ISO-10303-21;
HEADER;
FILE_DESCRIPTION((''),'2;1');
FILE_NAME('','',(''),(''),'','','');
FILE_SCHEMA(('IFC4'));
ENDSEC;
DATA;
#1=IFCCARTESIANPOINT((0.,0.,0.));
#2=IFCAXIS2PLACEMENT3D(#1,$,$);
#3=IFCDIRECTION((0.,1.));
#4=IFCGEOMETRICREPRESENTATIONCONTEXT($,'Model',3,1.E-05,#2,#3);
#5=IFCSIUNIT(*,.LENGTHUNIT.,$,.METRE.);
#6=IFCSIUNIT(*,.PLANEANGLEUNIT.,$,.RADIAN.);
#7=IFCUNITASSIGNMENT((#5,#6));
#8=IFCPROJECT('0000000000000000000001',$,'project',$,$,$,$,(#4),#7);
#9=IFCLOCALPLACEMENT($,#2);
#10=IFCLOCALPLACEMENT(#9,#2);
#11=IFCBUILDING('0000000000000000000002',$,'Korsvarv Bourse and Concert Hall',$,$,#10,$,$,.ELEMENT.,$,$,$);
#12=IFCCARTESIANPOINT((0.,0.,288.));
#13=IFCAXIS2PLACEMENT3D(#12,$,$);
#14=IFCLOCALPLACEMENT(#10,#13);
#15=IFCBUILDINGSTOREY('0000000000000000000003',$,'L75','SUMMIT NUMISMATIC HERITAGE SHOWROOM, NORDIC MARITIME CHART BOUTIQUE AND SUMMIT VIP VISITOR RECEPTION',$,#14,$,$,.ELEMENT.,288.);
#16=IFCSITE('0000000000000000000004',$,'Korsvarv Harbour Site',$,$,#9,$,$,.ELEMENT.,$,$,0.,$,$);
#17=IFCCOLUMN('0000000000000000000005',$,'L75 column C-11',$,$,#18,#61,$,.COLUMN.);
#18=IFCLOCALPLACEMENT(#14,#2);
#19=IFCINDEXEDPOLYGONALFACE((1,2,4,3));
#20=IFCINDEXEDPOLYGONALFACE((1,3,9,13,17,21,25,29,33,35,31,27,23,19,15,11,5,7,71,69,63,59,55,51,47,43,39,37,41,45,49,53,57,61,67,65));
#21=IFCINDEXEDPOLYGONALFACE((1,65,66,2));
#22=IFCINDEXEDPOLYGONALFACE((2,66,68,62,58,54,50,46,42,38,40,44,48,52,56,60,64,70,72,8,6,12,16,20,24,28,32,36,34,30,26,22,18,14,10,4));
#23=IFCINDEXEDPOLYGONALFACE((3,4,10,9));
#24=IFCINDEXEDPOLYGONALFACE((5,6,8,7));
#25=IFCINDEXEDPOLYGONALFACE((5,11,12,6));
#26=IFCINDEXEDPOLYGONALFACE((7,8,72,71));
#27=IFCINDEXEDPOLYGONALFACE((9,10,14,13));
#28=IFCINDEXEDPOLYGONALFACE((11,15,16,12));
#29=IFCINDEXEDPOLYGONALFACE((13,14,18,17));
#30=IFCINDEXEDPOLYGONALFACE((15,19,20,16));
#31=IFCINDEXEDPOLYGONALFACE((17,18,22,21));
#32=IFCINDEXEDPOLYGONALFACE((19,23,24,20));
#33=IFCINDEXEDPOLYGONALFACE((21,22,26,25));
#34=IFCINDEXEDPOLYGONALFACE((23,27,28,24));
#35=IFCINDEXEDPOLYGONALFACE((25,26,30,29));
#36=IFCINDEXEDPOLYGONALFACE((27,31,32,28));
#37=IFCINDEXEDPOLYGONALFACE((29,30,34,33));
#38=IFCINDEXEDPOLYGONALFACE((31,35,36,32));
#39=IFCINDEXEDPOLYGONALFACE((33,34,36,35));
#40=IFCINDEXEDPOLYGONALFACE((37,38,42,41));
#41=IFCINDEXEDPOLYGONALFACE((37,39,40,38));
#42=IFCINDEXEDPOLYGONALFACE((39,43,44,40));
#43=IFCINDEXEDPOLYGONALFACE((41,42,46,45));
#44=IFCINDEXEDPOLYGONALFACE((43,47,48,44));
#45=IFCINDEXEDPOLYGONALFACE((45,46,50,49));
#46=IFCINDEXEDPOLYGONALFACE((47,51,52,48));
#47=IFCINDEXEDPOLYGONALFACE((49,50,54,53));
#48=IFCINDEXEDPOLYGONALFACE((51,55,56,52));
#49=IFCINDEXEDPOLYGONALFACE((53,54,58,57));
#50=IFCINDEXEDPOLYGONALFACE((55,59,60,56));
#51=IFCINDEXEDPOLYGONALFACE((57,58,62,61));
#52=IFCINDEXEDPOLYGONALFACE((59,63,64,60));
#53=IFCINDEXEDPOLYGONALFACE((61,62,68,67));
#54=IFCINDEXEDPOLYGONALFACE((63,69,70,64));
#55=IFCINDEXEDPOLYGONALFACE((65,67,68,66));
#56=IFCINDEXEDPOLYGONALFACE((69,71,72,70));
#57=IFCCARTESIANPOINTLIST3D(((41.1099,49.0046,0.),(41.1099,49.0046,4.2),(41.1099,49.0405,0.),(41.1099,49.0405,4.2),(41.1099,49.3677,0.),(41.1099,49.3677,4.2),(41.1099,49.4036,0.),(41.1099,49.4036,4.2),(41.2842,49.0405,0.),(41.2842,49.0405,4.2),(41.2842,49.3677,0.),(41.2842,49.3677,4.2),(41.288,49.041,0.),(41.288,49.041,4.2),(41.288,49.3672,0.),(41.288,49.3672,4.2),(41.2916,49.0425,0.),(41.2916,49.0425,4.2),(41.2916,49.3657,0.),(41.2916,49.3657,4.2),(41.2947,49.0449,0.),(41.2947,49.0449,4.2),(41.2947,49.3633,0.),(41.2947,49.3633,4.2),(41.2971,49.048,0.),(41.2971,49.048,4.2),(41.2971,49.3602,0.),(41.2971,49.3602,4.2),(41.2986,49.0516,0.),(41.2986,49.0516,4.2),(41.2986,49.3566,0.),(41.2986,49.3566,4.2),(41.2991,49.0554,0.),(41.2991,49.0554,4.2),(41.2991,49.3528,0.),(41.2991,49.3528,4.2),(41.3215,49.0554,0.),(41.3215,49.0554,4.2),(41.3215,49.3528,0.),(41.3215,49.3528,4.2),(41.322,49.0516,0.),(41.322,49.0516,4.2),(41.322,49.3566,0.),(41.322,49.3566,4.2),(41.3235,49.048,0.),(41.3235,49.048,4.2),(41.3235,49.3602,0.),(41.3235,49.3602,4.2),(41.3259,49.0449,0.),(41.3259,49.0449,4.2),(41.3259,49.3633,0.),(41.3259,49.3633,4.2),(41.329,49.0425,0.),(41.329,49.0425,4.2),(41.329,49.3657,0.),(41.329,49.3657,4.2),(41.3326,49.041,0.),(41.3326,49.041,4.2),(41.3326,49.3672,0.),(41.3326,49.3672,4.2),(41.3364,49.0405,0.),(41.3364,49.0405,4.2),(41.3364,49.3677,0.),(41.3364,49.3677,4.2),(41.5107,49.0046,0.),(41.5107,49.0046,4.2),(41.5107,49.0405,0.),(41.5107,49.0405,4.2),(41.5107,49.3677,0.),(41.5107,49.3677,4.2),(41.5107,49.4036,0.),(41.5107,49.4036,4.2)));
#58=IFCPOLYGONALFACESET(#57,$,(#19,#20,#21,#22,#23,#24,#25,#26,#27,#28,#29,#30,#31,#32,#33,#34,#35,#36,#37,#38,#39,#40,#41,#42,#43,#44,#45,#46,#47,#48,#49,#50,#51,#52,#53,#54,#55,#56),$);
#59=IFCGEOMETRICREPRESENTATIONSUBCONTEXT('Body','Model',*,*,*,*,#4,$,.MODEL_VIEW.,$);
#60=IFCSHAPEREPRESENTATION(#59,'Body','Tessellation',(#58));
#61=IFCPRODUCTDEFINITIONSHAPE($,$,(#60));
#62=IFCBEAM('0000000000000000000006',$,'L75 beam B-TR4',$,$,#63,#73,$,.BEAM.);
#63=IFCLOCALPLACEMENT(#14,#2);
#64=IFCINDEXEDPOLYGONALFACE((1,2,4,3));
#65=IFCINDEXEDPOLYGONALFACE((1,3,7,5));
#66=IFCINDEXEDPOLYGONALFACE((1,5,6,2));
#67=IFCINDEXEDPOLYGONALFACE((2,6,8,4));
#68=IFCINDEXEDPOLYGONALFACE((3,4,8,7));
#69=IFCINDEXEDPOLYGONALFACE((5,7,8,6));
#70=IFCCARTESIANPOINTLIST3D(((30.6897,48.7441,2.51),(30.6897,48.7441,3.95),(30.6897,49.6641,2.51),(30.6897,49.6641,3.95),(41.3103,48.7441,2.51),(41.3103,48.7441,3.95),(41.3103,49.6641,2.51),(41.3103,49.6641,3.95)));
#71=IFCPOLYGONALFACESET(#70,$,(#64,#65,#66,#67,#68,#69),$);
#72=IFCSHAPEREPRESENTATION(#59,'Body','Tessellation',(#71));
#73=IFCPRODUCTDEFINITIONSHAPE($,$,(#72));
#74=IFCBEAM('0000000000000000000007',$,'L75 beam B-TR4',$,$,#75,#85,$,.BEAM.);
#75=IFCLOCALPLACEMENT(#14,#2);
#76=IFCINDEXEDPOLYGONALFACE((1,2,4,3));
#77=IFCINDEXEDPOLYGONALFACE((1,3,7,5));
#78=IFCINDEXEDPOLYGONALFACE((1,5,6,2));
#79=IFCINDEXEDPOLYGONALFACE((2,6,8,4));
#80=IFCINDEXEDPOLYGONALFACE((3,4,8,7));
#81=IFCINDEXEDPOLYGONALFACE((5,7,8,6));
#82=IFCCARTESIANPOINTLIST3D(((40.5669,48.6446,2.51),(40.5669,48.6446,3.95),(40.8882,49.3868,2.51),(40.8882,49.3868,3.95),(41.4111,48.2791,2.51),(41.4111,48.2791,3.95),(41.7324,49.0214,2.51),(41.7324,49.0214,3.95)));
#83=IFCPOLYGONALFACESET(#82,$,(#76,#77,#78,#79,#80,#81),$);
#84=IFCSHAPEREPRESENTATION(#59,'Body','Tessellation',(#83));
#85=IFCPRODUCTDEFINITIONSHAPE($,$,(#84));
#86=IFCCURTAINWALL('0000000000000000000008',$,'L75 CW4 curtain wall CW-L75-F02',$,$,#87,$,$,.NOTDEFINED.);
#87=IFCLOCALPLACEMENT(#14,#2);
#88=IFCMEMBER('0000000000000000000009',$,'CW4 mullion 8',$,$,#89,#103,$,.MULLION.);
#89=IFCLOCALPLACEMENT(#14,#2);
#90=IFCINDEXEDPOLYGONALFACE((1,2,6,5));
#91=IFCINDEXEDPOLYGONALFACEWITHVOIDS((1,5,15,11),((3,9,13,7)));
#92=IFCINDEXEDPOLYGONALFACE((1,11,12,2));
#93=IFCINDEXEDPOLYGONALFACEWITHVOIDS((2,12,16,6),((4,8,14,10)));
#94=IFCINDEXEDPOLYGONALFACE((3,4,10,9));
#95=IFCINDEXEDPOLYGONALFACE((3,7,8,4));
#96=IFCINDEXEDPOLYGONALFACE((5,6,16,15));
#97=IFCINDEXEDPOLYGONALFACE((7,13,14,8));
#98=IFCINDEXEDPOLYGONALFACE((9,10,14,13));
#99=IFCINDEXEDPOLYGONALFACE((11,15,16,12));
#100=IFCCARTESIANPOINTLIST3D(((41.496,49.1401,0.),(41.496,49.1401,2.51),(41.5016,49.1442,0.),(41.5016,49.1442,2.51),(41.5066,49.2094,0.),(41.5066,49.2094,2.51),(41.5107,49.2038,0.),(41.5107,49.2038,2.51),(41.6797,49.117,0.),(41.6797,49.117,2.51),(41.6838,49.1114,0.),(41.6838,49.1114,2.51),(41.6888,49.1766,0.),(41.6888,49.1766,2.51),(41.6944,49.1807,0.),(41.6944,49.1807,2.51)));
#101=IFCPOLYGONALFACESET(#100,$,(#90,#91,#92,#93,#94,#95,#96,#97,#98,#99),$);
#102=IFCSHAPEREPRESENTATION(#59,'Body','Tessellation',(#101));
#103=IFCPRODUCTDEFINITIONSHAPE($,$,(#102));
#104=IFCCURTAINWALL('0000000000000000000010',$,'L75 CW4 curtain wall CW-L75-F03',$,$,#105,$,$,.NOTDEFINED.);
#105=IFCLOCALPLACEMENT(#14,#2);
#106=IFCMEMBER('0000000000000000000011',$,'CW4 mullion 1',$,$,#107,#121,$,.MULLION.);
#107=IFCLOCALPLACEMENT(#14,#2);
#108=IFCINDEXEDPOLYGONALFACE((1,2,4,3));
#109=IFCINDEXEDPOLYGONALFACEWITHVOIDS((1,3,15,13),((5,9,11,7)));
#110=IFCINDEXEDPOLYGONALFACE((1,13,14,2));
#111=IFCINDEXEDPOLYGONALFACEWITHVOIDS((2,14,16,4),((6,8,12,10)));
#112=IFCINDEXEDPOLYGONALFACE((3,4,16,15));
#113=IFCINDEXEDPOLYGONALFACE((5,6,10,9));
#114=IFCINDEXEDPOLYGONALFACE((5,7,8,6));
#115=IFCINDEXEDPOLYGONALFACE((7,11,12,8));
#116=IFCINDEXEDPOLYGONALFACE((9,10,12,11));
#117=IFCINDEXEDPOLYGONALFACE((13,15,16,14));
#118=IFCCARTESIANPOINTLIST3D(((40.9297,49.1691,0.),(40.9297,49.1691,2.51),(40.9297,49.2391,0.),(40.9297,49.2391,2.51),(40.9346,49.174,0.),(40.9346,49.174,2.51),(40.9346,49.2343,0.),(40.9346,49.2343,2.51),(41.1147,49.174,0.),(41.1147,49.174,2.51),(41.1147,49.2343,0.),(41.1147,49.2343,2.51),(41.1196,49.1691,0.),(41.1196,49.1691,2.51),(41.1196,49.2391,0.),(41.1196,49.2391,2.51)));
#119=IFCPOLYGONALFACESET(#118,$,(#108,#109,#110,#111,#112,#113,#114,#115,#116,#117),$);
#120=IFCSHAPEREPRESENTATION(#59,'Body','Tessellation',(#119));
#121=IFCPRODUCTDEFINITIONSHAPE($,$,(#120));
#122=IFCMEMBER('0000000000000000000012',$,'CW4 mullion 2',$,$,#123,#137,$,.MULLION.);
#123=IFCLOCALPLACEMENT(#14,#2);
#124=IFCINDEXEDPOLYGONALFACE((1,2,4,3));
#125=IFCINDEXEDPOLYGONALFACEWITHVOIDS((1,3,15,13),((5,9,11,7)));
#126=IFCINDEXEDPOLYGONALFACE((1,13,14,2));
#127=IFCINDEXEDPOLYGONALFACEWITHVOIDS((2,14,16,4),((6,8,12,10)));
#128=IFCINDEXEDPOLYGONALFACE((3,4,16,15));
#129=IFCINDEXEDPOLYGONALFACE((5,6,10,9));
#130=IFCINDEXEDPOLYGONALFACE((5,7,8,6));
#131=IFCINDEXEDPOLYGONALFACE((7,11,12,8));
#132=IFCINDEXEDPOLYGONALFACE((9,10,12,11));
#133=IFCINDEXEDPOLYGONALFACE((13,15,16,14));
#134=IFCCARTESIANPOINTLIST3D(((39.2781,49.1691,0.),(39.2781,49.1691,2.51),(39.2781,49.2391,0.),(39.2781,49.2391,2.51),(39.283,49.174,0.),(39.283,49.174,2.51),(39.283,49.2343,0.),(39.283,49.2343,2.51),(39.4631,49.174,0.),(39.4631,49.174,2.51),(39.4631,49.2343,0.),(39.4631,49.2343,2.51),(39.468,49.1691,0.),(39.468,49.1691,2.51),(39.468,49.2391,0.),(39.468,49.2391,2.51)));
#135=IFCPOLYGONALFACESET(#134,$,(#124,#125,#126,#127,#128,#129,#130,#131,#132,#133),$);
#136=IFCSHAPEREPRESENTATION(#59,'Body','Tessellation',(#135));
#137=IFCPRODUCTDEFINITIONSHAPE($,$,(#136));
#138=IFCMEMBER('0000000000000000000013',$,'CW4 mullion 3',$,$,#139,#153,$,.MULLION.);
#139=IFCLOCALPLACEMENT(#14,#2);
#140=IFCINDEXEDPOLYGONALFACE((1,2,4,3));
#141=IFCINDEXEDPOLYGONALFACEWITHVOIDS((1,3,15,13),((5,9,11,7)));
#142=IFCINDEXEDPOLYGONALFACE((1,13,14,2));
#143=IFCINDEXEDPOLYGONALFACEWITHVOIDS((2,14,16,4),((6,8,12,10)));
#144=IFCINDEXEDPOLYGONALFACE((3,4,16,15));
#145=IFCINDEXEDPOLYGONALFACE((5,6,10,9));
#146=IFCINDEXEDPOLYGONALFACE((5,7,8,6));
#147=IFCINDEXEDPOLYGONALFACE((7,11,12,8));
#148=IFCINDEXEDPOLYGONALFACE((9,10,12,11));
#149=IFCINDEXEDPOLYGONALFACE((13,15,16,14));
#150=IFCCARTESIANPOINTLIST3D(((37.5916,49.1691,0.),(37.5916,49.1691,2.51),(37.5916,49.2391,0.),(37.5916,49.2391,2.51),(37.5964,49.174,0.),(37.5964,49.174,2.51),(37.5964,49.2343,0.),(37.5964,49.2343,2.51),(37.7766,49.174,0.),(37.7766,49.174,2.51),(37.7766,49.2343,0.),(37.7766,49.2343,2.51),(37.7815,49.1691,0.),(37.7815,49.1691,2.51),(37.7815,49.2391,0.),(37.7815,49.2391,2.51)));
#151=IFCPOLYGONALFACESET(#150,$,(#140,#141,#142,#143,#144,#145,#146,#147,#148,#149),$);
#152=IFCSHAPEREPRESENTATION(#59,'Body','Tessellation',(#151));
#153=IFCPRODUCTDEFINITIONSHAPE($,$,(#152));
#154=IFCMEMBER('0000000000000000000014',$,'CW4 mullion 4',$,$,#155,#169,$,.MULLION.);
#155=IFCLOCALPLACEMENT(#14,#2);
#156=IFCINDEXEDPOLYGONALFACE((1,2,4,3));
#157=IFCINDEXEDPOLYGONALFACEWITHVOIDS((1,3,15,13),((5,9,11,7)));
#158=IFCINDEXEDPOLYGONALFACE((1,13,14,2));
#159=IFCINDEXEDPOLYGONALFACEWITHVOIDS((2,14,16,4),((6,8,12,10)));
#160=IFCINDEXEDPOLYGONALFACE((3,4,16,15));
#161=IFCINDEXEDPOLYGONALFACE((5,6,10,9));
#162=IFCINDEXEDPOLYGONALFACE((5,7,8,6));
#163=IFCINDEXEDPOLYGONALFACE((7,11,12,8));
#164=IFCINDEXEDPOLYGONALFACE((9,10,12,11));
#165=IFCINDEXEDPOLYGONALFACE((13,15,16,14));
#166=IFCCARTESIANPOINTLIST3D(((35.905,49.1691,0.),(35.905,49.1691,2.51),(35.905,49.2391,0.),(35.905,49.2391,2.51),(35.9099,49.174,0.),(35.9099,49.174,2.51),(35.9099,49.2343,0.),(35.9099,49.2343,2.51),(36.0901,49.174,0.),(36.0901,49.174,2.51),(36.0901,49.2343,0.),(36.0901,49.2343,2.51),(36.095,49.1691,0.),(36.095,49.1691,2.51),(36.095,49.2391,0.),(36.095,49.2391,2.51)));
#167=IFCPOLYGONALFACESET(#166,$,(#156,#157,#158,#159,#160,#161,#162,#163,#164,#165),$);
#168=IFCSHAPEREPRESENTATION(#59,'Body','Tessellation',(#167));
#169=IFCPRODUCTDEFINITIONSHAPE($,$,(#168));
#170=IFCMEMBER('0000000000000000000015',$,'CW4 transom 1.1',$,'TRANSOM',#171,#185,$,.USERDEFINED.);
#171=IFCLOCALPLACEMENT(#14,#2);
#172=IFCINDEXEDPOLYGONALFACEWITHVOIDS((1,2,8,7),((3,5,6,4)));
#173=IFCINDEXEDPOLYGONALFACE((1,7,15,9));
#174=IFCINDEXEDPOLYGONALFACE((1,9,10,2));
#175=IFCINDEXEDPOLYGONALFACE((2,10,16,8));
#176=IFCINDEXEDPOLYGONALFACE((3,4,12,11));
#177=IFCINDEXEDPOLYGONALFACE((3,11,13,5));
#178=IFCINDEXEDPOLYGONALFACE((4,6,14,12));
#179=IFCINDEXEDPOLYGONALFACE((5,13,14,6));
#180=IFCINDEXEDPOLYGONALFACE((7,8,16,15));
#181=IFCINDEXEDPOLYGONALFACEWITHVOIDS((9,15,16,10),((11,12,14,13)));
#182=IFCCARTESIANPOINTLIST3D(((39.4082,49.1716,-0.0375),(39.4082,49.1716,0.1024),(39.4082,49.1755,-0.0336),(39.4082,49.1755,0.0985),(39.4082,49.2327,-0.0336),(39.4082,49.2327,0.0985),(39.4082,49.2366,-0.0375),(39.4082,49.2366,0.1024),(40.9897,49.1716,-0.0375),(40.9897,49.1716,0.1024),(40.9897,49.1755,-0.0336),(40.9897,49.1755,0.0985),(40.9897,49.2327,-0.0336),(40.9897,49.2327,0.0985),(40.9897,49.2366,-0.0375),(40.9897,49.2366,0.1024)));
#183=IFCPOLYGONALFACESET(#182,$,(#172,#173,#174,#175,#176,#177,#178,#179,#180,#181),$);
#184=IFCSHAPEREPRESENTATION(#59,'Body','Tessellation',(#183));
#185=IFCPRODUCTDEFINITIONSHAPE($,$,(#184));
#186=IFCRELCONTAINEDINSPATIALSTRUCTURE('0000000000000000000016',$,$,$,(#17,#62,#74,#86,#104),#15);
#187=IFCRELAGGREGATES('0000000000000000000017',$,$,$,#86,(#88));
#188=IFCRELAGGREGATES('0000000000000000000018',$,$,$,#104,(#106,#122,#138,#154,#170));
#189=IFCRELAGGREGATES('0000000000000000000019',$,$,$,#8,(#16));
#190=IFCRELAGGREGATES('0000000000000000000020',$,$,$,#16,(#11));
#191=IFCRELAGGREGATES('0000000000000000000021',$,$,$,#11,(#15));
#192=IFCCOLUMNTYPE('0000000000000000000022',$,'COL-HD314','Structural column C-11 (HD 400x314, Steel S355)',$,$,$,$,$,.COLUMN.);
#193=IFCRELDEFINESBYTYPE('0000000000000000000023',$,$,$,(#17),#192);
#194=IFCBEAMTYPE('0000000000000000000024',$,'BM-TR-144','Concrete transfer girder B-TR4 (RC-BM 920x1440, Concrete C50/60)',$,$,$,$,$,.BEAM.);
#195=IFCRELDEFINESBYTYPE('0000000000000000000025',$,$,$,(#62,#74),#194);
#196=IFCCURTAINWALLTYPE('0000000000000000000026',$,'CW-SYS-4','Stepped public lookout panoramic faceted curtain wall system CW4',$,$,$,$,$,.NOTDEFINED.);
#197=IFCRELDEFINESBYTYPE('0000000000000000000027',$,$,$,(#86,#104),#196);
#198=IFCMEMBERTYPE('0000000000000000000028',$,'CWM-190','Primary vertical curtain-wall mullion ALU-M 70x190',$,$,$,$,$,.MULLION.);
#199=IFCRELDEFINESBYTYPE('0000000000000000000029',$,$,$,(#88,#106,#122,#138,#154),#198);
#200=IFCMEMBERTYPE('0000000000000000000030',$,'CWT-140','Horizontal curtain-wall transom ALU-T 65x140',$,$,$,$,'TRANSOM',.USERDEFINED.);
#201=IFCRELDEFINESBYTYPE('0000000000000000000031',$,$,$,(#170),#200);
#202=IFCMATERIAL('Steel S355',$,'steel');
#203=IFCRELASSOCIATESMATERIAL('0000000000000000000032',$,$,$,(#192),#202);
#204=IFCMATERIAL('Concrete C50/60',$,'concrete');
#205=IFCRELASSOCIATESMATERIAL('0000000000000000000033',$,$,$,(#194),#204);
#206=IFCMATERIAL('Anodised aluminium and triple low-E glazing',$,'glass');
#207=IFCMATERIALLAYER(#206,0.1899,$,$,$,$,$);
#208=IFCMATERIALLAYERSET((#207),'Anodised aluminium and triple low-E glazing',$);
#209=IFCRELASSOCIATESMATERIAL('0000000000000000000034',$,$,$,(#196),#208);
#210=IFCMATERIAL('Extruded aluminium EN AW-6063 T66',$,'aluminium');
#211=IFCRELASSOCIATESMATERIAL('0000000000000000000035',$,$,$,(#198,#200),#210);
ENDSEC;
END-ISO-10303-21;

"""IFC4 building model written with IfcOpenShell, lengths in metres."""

from ifc_helpers import new_model, si_unit, direction, frame, origin, origin_2d, place, context, subcontext, project, spatial, rectangle, hollow_rectangle, i_section, extrude, source, transform, mapped, material, layer, layer_set, material_profile, profile_set, type_object, element, aggregate, save


model = new_model("IFC4")

# Units and contexts
model_context = context("Model", 3, precision=1e-05, world=origin(), true_north=direction((0.0, 1.0)))
body_context = subcontext(model_context, "Body", "Model", "MODEL_VIEW")
ifc_project = project(units=[si_unit("LENGTHUNIT", "METRE"), si_unit("PLANEANGLEUNIT", "RADIAN")], contexts=[model_context])

# Site, building, storey
site_placement = place(None, origin())
site = spatial("IfcSite", under=ifc_project, at=site_placement, Name="Korsvarv Harbour Site", CompositionType="ELEMENT", RefElevation=0.0)
building_placement = place(site_placement, origin())
building = spatial("IfcBuilding", under=site, at=building_placement, Name="Korsvarv Bourse and Concert Hall", CompositionType="ELEMENT")
storey_placement = place(building_placement, frame((0.0, 0.0, 288.0)))
storey = spatial("IfcBuildingStorey", under=building, at=storey_placement, Name="L75", Description="SUMMIT NUMISMATIC HERITAGE SHOWROOM, NORDIC MARITIME CHART BOUTIQUE AND SUMMIT VIP VISITOR RECEPTION", CompositionType="ELEMENT", Elevation=288.0)

# Column
ifc_material_1 = material(Name="Steel S355", Category="steel")
ifc_material_profile_1 = material_profile(ifc_material_1, i_section(OverallWidth=0.4009, OverallDepth=0.3989, WebThickness=0.0225, FlangeThickness=0.0359, FilletRadius=0.0149, at=origin_2d()), Name="HD 400x314")
ifc_profile_set_1 = profile_set([ifc_material_profile_1], Name="Steel S355")
column_type = type_object("IfcColumnType", Name="COL-HD314", Description="Structural column C-11 (HD 400x314, Steel S355)", PredefinedType="COLUMN", material=ifc_profile_set_1)
shared_shape_1 = source(origin(), body_context, "Body", "SweptSolid", [
    extrude(i_section(OverallWidth=0.4009, OverallDepth=0.3989, WebThickness=0.0225, FlangeThickness=0.0359, FilletRadius=0.0149, at=origin_2d()), origin(), (0.0, 0.0, 1.0), 4.2),
])
column_placement = place(storey_placement, frame((41.3103, 49.2041, 0.0), z_axis=(0.0, 0.0, 1.0), x_axis=(1.0, 0.0, 0.0)))
element("IfcColumn", 1, at=column_placement, inside=storey, type_object=column_type, Name="L75 column C-11", PredefinedType="COLUMN", context=body_context, shape_type="MappedRepresentation", body=[
    mapped(shared_shape_1, transform((0.0, 0.0, 0.0), scale=1.0)),
])

# Beams
ifc_material_2 = material(Name="Concrete C50/60", Category="concrete")
ifc_material_profile_2 = material_profile(ifc_material_2, rectangle(XDim=0.9199, YDim=1.4399, at=origin_2d()), Name="RC-BM 920x1440")
ifc_profile_set_2 = profile_set([ifc_material_profile_2], Name="Concrete C50/60")
beam_type = type_object("IfcBeamType", Name="BM-TR-144", Description="Concrete transfer girder B-TR4 (RC-BM 920x1440, Concrete C50/60)", PredefinedType="BEAM", material=ifc_profile_set_2)
shared_shape_2 = source(origin(), body_context, "Body", "SweptSolid", [
    extrude(rectangle(XDim=0.9199, YDim=1.4399, at=origin_2d()), origin(), (0.0, 0.0, 1.0), 10.6206),
])
beam_1_placement = place(storey_placement, frame((41.3103, 49.2041, 3.23), z_axis=(-1.0, 0.0, 0.0), x_axis=(0.0, -1.0, 0.0)))
element("IfcBeam", 2, at=beam_1_placement, inside=storey, type_object=beam_type, Name="L75 beam B-TR4", PredefinedType="BEAM", context=body_context, shape_type="MappedRepresentation", body=[
    mapped(shared_shape_2, transform((0.0, 0.0, 0.0), scale=1.0)),
])
shared_shape_3 = source(origin(), body_context, "Body", "SweptSolid", [
    extrude(rectangle(XDim=0.9199, YDim=1.4399, at=origin_2d()), origin(), (0.0, 0.0, 1.0), 0.8088),
])
beam_2_placement = place(storey_placement, frame((41.3103, 49.2041, 3.23), z_axis=(-0.397269, -0.917702, 0.0), x_axis=(0.917702, -0.397269, 0.0)))
element("IfcBeam", 3, at=beam_2_placement, inside=storey, type_object=beam_type, Name="L75 beam B-TR4", PredefinedType="BEAM", context=body_context, shape_type="MappedRepresentation", body=[
    mapped(shared_shape_3, transform((0.0, 0.0, 0.0), scale=1.0)),
])

# Curtain wall, member
ifc_material_3 = material(Name="Anodised aluminium and triple low-E glazing", Category="glass")
ifc_layer_1 = layer(ifc_material_3, 0.1899)
ifc_layer_set_1 = layer_set([ifc_layer_1], Name="Anodised aluminium and triple low-E glazing")
curtain_wall_type = type_object("IfcCurtainWallType", Name="CW-SYS-4", Description="Stepped public lookout panoramic faceted curtain wall system CW4", PredefinedType="NOTDEFINED", material=ifc_layer_set_1)
curtain_wall_1_placement = place(storey_placement, origin())
curtain_wall_1 = element("IfcCurtainWall", 4, at=curtain_wall_1_placement, inside=storey, type_object=curtain_wall_type, Name="L75 CW4 curtain wall CW-L75-F02", PredefinedType="NOTDEFINED")
ifc_material_4 = material(Name="Extruded aluminium EN AW-6063 T66", Category="aluminium")
ifc_material_profile_3 = material_profile(ifc_material_4, hollow_rectangle(XDim=0.0701, YDim=0.1899, WallThickness=0.0049, at=origin_2d()), Name="ALU-M 70x190")
ifc_profile_set_3 = profile_set([ifc_material_profile_3], Name="Extruded aluminium EN AW-6063 T66")
member_type_1 = type_object("IfcMemberType", Name="CWM-190", Description="Primary vertical curtain-wall mullion ALU-M 70x190", PredefinedType="MULLION", material=ifc_profile_set_3)
shared_shape_4 = source(origin(), body_context, "Body", "SweptSolid", [
    extrude(hollow_rectangle(XDim=0.0701, YDim=0.1899, WallThickness=0.0049, at=origin_2d()), origin(), (0.0, 0.0, 1.0), 2.51),
])
member_1_placement = place(storey_placement, frame((41.5952, 49.1604, 0.0), z_axis=(0.0, 0.0, 1.0), x_axis=(-0.151305, -0.988487, 0.0)))
member_1 = element("IfcMember", 5, at=member_1_placement, type_object=member_type_1, Name="CW4 mullion 8", PredefinedType="MULLION", context=body_context, shape_type="MappedRepresentation", body=[
    mapped(shared_shape_4, transform((0.0, 0.0, 0.0), scale=1.0)),
])

# Curtain wall, members
curtain_wall_2_placement = place(storey_placement, origin())
curtain_wall_2 = element("IfcCurtainWall", 6, at=curtain_wall_2_placement, inside=storey, type_object=curtain_wall_type, Name="L75 CW4 curtain wall CW-L75-F03", PredefinedType="NOTDEFINED")
member_2_placement = place(storey_placement, frame((41.0247, 49.2041, 0.0), z_axis=(0.0, 0.0, 1.0), x_axis=(0.0, -1.0, 0.0)))
member_2 = element("IfcMember", 7, at=member_2_placement, type_object=member_type_1, Name="CW4 mullion 1", PredefinedType="MULLION", context=body_context, shape_type="MappedRepresentation", body=[
    mapped(shared_shape_4, transform((0.0, 0.0, 0.0), scale=1.0)),
])
member_3_placement = place(storey_placement, frame((39.373, 49.2041, 0.0), z_axis=(0.0, 0.0, 1.0), x_axis=(0.0, -1.0, 0.0)))
member_3 = element("IfcMember", 8, at=member_3_placement, type_object=member_type_1, Name="CW4 mullion 2", PredefinedType="MULLION", context=body_context, shape_type="MappedRepresentation", body=[
    mapped(shared_shape_4, transform((0.0, 0.0, 0.0), scale=1.0)),
])
member_4_placement = place(storey_placement, frame((37.6865, 49.2041, 0.0), z_axis=(0.0, 0.0, 1.0), x_axis=(0.0, -1.0, 0.0)))
member_4 = element("IfcMember", 9, at=member_4_placement, type_object=member_type_1, Name="CW4 mullion 3", PredefinedType="MULLION", context=body_context, shape_type="MappedRepresentation", body=[
    mapped(shared_shape_4, transform((0.0, 0.0, 0.0), scale=1.0)),
])
member_5_placement = place(storey_placement, frame((36.0, 49.2041, 0.0), z_axis=(0.0, 0.0, 1.0), x_axis=(0.0, -1.0, 0.0)))
member_5 = element("IfcMember", 10, at=member_5_placement, type_object=member_type_1, Name="CW4 mullion 4", PredefinedType="MULLION", context=body_context, shape_type="MappedRepresentation", body=[
    mapped(shared_shape_4, transform((0.0, 0.0, 0.0), scale=1.0)),
])
ifc_material_profile_4 = material_profile(ifc_material_4, hollow_rectangle(XDim=0.0649, YDim=0.1399, WallThickness=0.0039, at=origin_2d()), Name="ALU-T 65x140")
ifc_profile_set_4 = profile_set([ifc_material_profile_4], Name="Extruded aluminium EN AW-6063 T66")
member_type_2 = type_object("IfcMemberType", Name="CWT-140", Description="Horizontal curtain-wall transom ALU-T 65x140", ElementType="TRANSOM", PredefinedType="USERDEFINED", material=ifc_profile_set_4)
shared_shape_5 = source(origin(), body_context, "Body", "SweptSolid", [
    extrude(hollow_rectangle(XDim=0.0649, YDim=0.1399, WallThickness=0.0039, at=origin_2d()), origin(), (0.0, 0.0, 1.0), 1.5815),
])
member_6_placement = place(storey_placement, frame((40.9897, 49.2041, 0.0325), z_axis=(-1.0, 0.0, 0.0), x_axis=(0.0, -1.0, 0.0)))
member_6 = element("IfcMember", 11, at=member_6_placement, type_object=member_type_2, Name="CW4 transom 1.1", ObjectType="TRANSOM", PredefinedType="USERDEFINED", context=body_context, shape_type="MappedRepresentation", body=[
    mapped(shared_shape_5, transform((0.0, 0.0, 0.0), scale=1.0)),
])

aggregate(curtain_wall_1, [member_1])
aggregate(curtain_wall_2, [member_2, member_3, member_4, member_5, member_6])

save(model, "model.ifc")
